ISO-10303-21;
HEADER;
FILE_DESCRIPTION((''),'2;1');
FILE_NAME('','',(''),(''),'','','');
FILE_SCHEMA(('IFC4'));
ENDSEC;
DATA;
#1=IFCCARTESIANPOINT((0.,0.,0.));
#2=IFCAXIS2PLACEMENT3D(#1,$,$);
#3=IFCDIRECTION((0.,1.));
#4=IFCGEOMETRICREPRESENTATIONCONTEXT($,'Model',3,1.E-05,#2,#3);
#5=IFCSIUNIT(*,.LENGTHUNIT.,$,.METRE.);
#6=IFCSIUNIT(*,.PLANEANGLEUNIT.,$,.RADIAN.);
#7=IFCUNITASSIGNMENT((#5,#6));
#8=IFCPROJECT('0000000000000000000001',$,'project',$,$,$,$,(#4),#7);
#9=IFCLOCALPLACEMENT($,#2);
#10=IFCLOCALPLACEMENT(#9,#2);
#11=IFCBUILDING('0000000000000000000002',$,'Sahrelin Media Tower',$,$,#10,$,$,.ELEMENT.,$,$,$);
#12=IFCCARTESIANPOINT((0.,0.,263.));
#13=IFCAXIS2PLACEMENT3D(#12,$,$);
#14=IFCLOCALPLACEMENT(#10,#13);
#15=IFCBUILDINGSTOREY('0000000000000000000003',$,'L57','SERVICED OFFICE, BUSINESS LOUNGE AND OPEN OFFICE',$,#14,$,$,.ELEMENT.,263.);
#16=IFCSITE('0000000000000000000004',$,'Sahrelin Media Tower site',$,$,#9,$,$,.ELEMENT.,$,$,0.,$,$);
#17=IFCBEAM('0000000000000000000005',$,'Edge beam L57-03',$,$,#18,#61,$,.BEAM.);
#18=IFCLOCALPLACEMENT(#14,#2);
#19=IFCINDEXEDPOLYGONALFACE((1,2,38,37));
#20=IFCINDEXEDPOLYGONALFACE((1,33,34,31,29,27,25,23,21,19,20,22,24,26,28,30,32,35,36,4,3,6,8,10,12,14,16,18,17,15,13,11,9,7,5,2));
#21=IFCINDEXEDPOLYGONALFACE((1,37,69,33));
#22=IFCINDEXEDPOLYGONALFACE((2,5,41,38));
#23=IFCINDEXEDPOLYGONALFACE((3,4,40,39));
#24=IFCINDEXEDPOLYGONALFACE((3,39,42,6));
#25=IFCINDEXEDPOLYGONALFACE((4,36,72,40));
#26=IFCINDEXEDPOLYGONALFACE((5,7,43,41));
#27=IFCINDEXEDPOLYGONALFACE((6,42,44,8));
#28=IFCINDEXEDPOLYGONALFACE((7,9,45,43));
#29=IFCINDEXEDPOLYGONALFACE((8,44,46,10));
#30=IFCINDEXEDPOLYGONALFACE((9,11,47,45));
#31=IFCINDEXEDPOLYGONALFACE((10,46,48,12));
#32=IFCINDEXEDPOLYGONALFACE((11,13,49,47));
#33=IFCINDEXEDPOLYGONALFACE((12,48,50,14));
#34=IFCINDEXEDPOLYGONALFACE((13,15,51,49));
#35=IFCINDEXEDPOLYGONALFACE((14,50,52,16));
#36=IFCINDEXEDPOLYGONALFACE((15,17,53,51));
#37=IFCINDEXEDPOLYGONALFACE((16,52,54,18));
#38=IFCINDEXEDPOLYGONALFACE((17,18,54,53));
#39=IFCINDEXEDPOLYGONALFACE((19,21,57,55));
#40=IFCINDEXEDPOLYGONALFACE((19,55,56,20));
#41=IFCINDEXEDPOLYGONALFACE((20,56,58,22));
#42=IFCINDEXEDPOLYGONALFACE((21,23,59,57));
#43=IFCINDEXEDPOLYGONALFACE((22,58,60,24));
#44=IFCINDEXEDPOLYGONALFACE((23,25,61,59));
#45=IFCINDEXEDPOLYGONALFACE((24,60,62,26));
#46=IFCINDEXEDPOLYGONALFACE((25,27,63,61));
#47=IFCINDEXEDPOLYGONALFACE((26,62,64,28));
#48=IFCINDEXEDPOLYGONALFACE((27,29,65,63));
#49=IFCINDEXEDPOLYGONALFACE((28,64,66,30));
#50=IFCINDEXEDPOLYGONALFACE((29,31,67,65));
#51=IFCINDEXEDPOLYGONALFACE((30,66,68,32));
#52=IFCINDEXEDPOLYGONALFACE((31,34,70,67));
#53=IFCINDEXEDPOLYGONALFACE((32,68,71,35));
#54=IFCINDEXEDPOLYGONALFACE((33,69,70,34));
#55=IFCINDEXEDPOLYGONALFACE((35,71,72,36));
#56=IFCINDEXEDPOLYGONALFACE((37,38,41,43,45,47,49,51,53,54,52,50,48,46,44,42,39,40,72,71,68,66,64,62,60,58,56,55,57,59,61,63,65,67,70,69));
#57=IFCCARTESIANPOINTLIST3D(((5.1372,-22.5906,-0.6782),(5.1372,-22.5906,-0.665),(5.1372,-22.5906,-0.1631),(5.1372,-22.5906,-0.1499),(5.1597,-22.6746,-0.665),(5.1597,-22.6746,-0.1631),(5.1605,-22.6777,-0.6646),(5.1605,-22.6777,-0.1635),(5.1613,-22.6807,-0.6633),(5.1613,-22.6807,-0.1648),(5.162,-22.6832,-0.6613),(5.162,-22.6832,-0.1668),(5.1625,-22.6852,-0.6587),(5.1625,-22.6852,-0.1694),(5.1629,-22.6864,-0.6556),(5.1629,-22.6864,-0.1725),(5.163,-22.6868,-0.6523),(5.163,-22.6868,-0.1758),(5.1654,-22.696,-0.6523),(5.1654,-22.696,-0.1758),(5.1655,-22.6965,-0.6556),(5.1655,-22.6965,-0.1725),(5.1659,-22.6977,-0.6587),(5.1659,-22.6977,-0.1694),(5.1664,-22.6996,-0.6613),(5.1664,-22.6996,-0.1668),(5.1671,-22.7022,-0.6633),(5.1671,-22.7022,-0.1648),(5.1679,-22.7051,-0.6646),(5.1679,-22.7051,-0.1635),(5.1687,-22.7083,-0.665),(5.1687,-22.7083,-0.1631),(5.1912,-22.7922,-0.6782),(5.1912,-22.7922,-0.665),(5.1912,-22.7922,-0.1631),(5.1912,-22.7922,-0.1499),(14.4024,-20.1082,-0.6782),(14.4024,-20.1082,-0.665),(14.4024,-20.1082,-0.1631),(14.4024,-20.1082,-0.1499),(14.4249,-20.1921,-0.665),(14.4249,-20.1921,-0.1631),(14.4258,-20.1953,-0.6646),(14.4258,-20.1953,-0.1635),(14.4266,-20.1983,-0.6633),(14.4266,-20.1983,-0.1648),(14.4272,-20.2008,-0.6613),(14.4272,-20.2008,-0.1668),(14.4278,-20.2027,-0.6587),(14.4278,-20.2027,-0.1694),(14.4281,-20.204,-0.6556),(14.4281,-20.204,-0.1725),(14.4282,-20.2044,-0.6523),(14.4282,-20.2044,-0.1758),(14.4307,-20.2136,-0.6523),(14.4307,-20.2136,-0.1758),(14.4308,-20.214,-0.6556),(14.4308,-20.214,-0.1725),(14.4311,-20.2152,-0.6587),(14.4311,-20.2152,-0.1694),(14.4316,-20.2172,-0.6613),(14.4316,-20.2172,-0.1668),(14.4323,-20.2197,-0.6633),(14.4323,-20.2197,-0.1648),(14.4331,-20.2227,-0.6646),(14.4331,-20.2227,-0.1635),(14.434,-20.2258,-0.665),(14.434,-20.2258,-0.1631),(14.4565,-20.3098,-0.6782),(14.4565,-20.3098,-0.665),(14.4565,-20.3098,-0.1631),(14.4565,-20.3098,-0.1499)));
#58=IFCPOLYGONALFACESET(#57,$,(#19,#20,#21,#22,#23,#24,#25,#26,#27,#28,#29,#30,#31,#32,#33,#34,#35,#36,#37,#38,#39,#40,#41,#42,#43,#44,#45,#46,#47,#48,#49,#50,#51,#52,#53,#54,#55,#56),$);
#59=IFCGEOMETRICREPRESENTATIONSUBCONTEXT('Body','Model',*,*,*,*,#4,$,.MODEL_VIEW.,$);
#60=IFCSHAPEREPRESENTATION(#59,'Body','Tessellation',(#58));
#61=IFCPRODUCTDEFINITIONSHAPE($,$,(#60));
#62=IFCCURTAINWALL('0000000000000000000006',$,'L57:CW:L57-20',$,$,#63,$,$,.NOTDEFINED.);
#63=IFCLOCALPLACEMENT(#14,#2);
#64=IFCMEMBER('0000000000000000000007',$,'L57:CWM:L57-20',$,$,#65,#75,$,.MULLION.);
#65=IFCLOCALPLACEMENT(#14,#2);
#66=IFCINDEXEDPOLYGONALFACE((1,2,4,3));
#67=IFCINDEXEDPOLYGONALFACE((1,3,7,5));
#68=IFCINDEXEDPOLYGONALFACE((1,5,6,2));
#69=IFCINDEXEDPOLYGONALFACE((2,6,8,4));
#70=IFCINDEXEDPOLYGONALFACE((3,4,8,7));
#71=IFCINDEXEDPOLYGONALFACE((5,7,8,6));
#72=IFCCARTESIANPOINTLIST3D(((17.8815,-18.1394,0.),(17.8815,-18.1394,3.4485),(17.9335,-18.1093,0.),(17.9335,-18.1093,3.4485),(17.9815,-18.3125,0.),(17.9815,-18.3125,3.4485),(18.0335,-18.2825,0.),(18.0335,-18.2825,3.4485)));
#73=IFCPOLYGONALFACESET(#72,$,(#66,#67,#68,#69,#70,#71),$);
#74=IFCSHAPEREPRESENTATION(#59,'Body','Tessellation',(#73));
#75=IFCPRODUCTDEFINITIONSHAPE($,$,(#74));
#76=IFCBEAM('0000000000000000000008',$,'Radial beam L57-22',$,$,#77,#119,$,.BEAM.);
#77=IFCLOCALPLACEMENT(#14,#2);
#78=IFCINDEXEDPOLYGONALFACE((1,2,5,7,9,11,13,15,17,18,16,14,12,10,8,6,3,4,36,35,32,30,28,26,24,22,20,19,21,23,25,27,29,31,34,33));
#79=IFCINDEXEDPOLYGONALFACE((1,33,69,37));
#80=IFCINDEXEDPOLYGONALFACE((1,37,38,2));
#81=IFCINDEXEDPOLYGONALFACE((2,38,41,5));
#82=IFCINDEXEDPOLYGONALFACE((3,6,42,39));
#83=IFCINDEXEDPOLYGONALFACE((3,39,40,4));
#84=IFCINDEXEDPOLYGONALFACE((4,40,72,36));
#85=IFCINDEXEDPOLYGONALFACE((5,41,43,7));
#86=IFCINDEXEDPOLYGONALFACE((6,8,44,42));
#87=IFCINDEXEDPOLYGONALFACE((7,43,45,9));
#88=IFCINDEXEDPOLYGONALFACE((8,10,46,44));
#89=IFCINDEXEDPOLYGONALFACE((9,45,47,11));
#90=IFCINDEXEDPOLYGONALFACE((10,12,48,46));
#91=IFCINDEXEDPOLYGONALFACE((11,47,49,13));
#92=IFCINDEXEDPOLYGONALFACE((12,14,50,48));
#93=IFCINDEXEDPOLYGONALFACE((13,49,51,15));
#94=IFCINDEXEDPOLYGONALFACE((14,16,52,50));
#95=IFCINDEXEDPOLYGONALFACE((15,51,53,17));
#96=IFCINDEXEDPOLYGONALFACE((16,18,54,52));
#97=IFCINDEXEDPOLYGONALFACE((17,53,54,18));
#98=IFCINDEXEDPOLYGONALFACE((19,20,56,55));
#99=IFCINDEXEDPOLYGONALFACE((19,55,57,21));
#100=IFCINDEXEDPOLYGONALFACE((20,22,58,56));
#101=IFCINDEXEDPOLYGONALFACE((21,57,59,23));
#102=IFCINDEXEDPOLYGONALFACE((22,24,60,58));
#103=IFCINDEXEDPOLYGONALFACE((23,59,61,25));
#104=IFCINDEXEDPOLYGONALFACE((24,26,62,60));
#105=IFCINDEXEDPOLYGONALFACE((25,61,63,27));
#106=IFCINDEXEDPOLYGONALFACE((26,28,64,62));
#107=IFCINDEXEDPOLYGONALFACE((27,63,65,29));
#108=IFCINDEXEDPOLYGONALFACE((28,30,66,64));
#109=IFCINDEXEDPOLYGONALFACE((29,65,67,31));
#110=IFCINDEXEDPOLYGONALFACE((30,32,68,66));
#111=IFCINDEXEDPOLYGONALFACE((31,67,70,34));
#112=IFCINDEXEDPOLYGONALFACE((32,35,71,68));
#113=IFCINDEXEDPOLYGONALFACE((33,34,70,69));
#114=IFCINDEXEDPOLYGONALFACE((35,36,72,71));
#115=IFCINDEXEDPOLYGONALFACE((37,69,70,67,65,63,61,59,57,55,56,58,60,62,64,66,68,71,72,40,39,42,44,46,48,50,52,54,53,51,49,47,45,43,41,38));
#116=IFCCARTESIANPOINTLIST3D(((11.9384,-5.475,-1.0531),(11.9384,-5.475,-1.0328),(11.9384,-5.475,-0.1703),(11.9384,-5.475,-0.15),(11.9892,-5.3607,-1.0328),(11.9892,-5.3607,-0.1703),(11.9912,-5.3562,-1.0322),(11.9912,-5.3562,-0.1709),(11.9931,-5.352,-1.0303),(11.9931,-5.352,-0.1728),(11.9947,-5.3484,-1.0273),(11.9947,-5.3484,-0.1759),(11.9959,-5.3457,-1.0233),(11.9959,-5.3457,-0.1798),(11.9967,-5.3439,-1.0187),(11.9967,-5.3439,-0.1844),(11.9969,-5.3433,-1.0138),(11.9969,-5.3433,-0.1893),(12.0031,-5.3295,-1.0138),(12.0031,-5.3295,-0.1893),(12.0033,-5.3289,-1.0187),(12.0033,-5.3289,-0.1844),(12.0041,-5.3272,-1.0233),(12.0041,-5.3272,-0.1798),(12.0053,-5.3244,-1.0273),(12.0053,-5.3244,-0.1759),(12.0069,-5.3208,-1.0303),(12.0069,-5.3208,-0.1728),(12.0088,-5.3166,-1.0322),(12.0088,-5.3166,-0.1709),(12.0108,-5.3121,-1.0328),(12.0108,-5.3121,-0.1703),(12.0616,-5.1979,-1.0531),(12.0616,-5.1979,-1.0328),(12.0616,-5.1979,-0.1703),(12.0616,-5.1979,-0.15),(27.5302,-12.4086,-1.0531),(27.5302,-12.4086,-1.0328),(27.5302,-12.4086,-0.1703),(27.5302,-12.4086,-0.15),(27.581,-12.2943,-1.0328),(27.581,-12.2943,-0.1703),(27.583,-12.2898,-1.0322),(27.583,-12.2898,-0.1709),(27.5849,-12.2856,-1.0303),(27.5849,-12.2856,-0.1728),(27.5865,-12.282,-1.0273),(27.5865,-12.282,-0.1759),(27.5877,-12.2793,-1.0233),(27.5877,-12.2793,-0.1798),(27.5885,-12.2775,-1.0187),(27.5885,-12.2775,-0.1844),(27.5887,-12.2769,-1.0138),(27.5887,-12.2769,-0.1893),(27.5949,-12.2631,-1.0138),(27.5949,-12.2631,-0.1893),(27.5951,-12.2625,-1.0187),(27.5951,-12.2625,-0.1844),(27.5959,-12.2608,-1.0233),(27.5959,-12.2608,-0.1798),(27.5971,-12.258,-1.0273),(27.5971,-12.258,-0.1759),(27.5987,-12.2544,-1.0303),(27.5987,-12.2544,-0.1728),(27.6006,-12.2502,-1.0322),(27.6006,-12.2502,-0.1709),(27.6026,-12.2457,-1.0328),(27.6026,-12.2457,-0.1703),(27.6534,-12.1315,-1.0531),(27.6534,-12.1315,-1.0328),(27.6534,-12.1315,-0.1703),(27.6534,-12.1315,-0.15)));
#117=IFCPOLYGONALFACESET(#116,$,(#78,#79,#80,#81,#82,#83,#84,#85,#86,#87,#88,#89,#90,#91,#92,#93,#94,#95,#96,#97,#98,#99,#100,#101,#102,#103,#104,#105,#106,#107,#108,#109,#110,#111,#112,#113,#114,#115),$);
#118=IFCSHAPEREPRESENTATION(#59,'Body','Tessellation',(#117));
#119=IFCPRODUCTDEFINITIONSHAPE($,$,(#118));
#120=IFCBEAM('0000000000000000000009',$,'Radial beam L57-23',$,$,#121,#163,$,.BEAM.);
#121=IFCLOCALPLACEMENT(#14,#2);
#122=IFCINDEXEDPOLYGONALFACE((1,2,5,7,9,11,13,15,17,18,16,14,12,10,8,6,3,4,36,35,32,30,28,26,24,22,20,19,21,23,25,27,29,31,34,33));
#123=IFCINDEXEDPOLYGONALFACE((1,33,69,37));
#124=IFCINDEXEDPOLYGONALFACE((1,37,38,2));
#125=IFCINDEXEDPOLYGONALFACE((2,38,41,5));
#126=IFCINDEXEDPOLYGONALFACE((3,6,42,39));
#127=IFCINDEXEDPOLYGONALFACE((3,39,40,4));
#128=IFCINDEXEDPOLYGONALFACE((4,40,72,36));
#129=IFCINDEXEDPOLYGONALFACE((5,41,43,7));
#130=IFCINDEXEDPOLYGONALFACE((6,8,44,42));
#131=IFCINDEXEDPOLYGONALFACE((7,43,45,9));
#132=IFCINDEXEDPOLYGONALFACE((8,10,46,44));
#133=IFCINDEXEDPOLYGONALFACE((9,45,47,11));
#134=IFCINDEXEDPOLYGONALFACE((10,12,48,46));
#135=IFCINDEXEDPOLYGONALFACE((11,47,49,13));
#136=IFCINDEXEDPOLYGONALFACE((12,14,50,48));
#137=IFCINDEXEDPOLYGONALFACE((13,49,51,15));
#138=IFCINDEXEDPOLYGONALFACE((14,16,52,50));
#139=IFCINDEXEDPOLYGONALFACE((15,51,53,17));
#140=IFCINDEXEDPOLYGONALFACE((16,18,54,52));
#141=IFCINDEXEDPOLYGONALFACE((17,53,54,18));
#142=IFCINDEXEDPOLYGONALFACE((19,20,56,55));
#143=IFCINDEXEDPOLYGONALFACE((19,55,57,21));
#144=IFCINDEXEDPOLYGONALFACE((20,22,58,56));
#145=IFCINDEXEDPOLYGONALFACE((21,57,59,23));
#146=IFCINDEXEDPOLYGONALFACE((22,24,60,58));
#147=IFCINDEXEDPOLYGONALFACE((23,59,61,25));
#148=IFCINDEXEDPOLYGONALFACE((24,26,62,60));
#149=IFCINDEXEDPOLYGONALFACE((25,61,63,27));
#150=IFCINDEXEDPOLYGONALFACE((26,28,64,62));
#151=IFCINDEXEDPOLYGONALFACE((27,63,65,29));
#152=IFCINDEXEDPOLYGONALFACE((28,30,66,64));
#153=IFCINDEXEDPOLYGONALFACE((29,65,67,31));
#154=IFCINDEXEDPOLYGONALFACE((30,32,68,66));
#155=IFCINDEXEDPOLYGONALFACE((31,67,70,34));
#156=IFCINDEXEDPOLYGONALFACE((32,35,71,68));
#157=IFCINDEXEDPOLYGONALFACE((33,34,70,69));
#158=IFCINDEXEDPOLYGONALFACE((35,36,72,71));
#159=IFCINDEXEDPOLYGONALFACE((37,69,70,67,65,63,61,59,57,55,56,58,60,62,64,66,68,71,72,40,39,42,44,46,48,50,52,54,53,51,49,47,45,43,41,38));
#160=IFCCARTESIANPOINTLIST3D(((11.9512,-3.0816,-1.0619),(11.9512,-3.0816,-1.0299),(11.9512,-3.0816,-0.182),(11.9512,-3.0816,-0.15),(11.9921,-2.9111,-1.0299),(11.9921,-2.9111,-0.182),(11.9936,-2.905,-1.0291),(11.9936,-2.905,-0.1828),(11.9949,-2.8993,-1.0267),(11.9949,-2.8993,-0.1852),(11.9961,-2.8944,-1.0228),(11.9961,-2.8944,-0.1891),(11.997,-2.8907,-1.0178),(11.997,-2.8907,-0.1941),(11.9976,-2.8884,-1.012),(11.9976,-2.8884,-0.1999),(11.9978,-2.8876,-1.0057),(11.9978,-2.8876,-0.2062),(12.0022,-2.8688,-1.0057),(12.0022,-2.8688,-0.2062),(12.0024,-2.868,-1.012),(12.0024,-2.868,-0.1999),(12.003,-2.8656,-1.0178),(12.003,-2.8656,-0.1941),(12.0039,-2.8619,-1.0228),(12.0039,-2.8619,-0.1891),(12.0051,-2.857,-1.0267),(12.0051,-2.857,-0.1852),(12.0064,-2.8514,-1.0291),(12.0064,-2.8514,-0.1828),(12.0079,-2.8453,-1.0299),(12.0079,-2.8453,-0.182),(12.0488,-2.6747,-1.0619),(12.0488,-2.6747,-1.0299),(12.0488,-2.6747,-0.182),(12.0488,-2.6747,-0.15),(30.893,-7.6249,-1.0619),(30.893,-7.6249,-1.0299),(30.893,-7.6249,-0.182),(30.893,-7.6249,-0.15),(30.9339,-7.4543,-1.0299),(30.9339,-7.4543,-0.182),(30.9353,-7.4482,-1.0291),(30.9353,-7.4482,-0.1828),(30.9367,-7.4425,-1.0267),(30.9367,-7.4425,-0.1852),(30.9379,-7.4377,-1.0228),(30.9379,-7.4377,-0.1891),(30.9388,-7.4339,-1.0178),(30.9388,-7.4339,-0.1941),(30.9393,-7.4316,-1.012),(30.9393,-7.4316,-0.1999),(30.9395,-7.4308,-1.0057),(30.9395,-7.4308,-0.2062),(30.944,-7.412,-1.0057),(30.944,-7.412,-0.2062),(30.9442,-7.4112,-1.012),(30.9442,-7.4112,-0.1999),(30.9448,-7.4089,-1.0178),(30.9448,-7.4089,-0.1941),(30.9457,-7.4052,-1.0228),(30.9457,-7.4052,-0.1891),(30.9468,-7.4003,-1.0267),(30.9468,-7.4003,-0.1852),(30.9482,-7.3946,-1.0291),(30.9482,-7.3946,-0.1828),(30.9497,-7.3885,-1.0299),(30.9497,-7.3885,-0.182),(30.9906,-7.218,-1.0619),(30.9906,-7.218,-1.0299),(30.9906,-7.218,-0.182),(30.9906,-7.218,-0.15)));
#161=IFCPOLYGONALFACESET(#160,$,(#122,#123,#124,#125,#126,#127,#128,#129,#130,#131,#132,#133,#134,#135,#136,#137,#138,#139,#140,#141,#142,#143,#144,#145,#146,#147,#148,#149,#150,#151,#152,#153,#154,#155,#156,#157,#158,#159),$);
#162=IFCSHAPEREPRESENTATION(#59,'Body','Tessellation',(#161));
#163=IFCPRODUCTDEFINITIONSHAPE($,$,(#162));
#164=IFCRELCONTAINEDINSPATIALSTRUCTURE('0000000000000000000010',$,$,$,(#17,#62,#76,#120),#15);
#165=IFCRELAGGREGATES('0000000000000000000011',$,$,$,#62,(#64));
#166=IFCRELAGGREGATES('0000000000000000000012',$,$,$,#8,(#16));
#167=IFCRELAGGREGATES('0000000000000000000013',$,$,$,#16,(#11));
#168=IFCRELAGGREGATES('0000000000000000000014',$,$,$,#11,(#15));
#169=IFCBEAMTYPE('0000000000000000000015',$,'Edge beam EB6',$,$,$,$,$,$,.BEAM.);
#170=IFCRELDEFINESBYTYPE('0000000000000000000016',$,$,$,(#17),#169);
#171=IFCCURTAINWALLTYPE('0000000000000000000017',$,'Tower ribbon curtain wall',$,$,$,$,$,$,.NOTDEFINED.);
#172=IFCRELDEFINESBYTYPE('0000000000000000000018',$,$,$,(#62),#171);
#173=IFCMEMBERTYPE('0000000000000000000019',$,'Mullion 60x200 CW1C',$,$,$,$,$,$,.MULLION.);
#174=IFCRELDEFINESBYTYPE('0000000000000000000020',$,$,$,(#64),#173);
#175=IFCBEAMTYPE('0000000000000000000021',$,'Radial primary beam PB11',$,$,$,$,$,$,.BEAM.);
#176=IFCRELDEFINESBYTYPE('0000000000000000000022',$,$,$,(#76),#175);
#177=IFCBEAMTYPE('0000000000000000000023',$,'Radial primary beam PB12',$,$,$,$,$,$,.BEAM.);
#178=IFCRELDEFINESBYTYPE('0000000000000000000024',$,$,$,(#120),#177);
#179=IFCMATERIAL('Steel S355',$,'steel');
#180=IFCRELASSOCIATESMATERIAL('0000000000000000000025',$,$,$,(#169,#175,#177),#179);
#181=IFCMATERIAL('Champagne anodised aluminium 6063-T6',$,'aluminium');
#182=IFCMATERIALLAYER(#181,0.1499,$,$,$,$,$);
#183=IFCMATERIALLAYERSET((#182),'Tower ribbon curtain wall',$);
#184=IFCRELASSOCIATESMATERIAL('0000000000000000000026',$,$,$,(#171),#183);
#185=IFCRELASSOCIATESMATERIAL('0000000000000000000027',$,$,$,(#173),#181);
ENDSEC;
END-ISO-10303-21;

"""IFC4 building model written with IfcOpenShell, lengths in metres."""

from ifc_helpers import new_model, si_unit, direction, frame, origin, origin_2d, place, context, subcontext, project, spatial, rectangle, i_section, extrude, material, layer, layer_set, material_profile, profile_set, type_object, element, aggregate, save


model = new_model("IFC4")

# Units and contexts
model_context = context("Model", 3, precision=1e-05, world=origin(), true_north=direction((0.0, 1.0)))
body_context = subcontext(model_context, "Body", "Model", "MODEL_VIEW")
ifc_project = project(units=[si_unit("LENGTHUNIT", "METRE"), si_unit("PLANEANGLEUNIT", "RADIAN")], contexts=[model_context])

# Site, building, storey
site_placement = place(None, origin())
site = spatial("IfcSite", under=ifc_project, at=site_placement, Name="Sahrelin Media Tower site", CompositionType="ELEMENT", RefElevation=0.0)
building_placement = place(site_placement, origin())
building = spatial("IfcBuilding", under=site, at=building_placement, Name="Sahrelin Media Tower", CompositionType="ELEMENT")
storey_placement = place(building_placement, frame((0.0, 0.0, 263.0)))
storey = spatial("IfcBuildingStorey", under=building, at=storey_placement, Name="L57", Description="SERVICED OFFICE, BUSINESS LOUNGE AND OPEN OFFICE", CompositionType="ELEMENT", Elevation=263.0)

# Beam
ifc_material_1 = material(Name="Steel S355", Category="steel")
ifc_material_profile_1 = material_profile(ifc_material_1, i_section(OverallWidth=0.2087, OverallDepth=0.5283, WebThickness=0.0095, FlangeThickness=0.0132, FilletRadius=0.0127, at=origin_2d()), Name="UB 533x210x82")
ifc_profile_set_1 = profile_set([ifc_material_profile_1], Name="Steel S355")
beam_type_1 = type_object("IfcBeamType", Name="Edge beam EB6", PredefinedType="BEAM", material=ifc_profile_set_1)
beam_1_placement = place(storey_placement, frame((14.4294, -20.209, -0.4141), z_axis=(-0.96593, -0.258803, 0.0), x_axis=(0.258803, -0.96593, 0.0)))
element("IfcBeam", 1, at=beam_1_placement, inside=storey, type_object=beam_type_1, Name="Edge beam L57-03", PredefinedType="BEAM", context=body_context, shape_type="SweptSolid", body=[
    extrude(i_section(OverallWidth=0.2087, OverallDepth=0.5283, WebThickness=0.0095, FlangeThickness=0.0132, FilletRadius=0.0127, at=origin_2d()), origin(), (0.0, 0.0, 1.0), 9.592),
])

# Curtain wall, member
ifc_material_2 = material(Name="Champagne anodised aluminium 6063-T6", Category="aluminium")
ifc_layer_1 = layer(ifc_material_2, 0.1499)
ifc_layer_set_1 = layer_set([ifc_layer_1], Name="Tower ribbon curtain wall")
curtain_wall_type = type_object("IfcCurtainWallType", Name="Tower ribbon curtain wall", PredefinedType="NOTDEFINED", material=ifc_layer_set_1)
curtain_wall_placement = place(storey_placement, frame((18.0176, -18.3149, 0.0), z_axis=(0.0, 0.0, 1.0), x_axis=(1.0, 0.0, 0.0)))
curtain_wall = element("IfcCurtainWall", 2, at=curtain_wall_placement, inside=storey, type_object=curtain_wall_type, Name="L57:CW:L57-20", PredefinedType="NOTDEFINED")
ifc_material_profile_2 = material_profile(ifc_material_2, rectangle(XDim=0.0601, YDim=0.2, at=origin_2d()), Name="Mullion 60x200")
ifc_profile_set_2 = profile_set([ifc_material_profile_2], Name="Champagne anodised aluminium 6063-T6")
member_type_1 = type_object("IfcMemberType", Name="Mullion 60x200 CW1C", PredefinedType="MULLION", material=ifc_profile_set_2)
member_1_placement = place(storey_placement, frame((17.9575, -18.2109, 0.0), z_axis=(0.0, 0.0, 1.0), x_axis=(0.866029, 0.499994, 0.0)))
member_1 = element("IfcMember", 3, at=member_1_placement, type_object=member_type_1, Name="L57:CWM:L57-20", PredefinedType="MULLION", context=body_context, shape_type="SweptSolid", body=[
    extrude(rectangle(XDim=0.0601, YDim=0.2, at=origin_2d()), origin(), (0.0, 0.0, 1.0), 3.4485),
])

# Beams
ifc_material_profile_3 = material_profile(ifc_material_1, i_section(OverallWidth=0.3032, OverallDepth=0.9031, WebThickness=0.0151, FlangeThickness=0.0203, FilletRadius=0.019, at=origin_2d()), Name="UB 914x305x201")
ifc_profile_set_3 = profile_set([ifc_material_profile_3], Name="Steel S355")
beam_type_2 = type_object("IfcBeamType", Name="Radial primary beam PB11", PredefinedType="BEAM", material=ifc_profile_set_3)
beam_2_placement = place(storey_placement, frame((12.0, -5.3364, -0.6016), z_axis=(0.913727, -0.40633, 0.0), x_axis=(0.40633, 0.913727, 0.0)))
element("IfcBeam", 4, at=beam_2_placement, inside=storey, type_object=beam_type_2, Name="Radial beam L57-22", PredefinedType="BEAM", context=body_context, shape_type="SweptSolid", body=[
    extrude(i_section(OverallWidth=0.3032, OverallDepth=0.9031, WebThickness=0.0151, FlangeThickness=0.0203, FilletRadius=0.019, at=origin_2d()), origin(), (0.0, 0.0, 1.0), 17.064),
])
ifc_material_profile_4 = material_profile(ifc_material_1, i_section(OverallWidth=0.4185, OverallDepth=0.9119, WebThickness=0.0193, FlangeThickness=0.032, FilletRadius=0.0242, at=origin_2d()), Name="UB 914x419x343")
ifc_profile_set_4 = profile_set([ifc_material_profile_4], Name="Steel S355")
beam_type_3 = type_object("IfcBeamType", Name="Radial primary beam PB12", PredefinedType="BEAM", material=ifc_profile_set_4)
beam_3_placement = place(storey_placement, frame((12.0, -2.8782, -0.606), z_axis=(0.97242, -0.233238, 0.0), x_axis=(0.233238, 0.97242, 0.0)))
element("IfcBeam", 5, at=beam_3_placement, inside=storey, type_object=beam_type_3, Name="Radial beam L57-23", PredefinedType="BEAM", context=body_context, shape_type="SweptSolid", body=[
    extrude(i_section(OverallWidth=0.4185, OverallDepth=0.9119, WebThickness=0.0193, FlangeThickness=0.032, FilletRadius=0.0242, at=origin_2d()), origin(), (0.0, 0.0, 1.0), 19.479),
])

aggregate(curtain_wall, [member_1])

save(model, "model.ifc")
